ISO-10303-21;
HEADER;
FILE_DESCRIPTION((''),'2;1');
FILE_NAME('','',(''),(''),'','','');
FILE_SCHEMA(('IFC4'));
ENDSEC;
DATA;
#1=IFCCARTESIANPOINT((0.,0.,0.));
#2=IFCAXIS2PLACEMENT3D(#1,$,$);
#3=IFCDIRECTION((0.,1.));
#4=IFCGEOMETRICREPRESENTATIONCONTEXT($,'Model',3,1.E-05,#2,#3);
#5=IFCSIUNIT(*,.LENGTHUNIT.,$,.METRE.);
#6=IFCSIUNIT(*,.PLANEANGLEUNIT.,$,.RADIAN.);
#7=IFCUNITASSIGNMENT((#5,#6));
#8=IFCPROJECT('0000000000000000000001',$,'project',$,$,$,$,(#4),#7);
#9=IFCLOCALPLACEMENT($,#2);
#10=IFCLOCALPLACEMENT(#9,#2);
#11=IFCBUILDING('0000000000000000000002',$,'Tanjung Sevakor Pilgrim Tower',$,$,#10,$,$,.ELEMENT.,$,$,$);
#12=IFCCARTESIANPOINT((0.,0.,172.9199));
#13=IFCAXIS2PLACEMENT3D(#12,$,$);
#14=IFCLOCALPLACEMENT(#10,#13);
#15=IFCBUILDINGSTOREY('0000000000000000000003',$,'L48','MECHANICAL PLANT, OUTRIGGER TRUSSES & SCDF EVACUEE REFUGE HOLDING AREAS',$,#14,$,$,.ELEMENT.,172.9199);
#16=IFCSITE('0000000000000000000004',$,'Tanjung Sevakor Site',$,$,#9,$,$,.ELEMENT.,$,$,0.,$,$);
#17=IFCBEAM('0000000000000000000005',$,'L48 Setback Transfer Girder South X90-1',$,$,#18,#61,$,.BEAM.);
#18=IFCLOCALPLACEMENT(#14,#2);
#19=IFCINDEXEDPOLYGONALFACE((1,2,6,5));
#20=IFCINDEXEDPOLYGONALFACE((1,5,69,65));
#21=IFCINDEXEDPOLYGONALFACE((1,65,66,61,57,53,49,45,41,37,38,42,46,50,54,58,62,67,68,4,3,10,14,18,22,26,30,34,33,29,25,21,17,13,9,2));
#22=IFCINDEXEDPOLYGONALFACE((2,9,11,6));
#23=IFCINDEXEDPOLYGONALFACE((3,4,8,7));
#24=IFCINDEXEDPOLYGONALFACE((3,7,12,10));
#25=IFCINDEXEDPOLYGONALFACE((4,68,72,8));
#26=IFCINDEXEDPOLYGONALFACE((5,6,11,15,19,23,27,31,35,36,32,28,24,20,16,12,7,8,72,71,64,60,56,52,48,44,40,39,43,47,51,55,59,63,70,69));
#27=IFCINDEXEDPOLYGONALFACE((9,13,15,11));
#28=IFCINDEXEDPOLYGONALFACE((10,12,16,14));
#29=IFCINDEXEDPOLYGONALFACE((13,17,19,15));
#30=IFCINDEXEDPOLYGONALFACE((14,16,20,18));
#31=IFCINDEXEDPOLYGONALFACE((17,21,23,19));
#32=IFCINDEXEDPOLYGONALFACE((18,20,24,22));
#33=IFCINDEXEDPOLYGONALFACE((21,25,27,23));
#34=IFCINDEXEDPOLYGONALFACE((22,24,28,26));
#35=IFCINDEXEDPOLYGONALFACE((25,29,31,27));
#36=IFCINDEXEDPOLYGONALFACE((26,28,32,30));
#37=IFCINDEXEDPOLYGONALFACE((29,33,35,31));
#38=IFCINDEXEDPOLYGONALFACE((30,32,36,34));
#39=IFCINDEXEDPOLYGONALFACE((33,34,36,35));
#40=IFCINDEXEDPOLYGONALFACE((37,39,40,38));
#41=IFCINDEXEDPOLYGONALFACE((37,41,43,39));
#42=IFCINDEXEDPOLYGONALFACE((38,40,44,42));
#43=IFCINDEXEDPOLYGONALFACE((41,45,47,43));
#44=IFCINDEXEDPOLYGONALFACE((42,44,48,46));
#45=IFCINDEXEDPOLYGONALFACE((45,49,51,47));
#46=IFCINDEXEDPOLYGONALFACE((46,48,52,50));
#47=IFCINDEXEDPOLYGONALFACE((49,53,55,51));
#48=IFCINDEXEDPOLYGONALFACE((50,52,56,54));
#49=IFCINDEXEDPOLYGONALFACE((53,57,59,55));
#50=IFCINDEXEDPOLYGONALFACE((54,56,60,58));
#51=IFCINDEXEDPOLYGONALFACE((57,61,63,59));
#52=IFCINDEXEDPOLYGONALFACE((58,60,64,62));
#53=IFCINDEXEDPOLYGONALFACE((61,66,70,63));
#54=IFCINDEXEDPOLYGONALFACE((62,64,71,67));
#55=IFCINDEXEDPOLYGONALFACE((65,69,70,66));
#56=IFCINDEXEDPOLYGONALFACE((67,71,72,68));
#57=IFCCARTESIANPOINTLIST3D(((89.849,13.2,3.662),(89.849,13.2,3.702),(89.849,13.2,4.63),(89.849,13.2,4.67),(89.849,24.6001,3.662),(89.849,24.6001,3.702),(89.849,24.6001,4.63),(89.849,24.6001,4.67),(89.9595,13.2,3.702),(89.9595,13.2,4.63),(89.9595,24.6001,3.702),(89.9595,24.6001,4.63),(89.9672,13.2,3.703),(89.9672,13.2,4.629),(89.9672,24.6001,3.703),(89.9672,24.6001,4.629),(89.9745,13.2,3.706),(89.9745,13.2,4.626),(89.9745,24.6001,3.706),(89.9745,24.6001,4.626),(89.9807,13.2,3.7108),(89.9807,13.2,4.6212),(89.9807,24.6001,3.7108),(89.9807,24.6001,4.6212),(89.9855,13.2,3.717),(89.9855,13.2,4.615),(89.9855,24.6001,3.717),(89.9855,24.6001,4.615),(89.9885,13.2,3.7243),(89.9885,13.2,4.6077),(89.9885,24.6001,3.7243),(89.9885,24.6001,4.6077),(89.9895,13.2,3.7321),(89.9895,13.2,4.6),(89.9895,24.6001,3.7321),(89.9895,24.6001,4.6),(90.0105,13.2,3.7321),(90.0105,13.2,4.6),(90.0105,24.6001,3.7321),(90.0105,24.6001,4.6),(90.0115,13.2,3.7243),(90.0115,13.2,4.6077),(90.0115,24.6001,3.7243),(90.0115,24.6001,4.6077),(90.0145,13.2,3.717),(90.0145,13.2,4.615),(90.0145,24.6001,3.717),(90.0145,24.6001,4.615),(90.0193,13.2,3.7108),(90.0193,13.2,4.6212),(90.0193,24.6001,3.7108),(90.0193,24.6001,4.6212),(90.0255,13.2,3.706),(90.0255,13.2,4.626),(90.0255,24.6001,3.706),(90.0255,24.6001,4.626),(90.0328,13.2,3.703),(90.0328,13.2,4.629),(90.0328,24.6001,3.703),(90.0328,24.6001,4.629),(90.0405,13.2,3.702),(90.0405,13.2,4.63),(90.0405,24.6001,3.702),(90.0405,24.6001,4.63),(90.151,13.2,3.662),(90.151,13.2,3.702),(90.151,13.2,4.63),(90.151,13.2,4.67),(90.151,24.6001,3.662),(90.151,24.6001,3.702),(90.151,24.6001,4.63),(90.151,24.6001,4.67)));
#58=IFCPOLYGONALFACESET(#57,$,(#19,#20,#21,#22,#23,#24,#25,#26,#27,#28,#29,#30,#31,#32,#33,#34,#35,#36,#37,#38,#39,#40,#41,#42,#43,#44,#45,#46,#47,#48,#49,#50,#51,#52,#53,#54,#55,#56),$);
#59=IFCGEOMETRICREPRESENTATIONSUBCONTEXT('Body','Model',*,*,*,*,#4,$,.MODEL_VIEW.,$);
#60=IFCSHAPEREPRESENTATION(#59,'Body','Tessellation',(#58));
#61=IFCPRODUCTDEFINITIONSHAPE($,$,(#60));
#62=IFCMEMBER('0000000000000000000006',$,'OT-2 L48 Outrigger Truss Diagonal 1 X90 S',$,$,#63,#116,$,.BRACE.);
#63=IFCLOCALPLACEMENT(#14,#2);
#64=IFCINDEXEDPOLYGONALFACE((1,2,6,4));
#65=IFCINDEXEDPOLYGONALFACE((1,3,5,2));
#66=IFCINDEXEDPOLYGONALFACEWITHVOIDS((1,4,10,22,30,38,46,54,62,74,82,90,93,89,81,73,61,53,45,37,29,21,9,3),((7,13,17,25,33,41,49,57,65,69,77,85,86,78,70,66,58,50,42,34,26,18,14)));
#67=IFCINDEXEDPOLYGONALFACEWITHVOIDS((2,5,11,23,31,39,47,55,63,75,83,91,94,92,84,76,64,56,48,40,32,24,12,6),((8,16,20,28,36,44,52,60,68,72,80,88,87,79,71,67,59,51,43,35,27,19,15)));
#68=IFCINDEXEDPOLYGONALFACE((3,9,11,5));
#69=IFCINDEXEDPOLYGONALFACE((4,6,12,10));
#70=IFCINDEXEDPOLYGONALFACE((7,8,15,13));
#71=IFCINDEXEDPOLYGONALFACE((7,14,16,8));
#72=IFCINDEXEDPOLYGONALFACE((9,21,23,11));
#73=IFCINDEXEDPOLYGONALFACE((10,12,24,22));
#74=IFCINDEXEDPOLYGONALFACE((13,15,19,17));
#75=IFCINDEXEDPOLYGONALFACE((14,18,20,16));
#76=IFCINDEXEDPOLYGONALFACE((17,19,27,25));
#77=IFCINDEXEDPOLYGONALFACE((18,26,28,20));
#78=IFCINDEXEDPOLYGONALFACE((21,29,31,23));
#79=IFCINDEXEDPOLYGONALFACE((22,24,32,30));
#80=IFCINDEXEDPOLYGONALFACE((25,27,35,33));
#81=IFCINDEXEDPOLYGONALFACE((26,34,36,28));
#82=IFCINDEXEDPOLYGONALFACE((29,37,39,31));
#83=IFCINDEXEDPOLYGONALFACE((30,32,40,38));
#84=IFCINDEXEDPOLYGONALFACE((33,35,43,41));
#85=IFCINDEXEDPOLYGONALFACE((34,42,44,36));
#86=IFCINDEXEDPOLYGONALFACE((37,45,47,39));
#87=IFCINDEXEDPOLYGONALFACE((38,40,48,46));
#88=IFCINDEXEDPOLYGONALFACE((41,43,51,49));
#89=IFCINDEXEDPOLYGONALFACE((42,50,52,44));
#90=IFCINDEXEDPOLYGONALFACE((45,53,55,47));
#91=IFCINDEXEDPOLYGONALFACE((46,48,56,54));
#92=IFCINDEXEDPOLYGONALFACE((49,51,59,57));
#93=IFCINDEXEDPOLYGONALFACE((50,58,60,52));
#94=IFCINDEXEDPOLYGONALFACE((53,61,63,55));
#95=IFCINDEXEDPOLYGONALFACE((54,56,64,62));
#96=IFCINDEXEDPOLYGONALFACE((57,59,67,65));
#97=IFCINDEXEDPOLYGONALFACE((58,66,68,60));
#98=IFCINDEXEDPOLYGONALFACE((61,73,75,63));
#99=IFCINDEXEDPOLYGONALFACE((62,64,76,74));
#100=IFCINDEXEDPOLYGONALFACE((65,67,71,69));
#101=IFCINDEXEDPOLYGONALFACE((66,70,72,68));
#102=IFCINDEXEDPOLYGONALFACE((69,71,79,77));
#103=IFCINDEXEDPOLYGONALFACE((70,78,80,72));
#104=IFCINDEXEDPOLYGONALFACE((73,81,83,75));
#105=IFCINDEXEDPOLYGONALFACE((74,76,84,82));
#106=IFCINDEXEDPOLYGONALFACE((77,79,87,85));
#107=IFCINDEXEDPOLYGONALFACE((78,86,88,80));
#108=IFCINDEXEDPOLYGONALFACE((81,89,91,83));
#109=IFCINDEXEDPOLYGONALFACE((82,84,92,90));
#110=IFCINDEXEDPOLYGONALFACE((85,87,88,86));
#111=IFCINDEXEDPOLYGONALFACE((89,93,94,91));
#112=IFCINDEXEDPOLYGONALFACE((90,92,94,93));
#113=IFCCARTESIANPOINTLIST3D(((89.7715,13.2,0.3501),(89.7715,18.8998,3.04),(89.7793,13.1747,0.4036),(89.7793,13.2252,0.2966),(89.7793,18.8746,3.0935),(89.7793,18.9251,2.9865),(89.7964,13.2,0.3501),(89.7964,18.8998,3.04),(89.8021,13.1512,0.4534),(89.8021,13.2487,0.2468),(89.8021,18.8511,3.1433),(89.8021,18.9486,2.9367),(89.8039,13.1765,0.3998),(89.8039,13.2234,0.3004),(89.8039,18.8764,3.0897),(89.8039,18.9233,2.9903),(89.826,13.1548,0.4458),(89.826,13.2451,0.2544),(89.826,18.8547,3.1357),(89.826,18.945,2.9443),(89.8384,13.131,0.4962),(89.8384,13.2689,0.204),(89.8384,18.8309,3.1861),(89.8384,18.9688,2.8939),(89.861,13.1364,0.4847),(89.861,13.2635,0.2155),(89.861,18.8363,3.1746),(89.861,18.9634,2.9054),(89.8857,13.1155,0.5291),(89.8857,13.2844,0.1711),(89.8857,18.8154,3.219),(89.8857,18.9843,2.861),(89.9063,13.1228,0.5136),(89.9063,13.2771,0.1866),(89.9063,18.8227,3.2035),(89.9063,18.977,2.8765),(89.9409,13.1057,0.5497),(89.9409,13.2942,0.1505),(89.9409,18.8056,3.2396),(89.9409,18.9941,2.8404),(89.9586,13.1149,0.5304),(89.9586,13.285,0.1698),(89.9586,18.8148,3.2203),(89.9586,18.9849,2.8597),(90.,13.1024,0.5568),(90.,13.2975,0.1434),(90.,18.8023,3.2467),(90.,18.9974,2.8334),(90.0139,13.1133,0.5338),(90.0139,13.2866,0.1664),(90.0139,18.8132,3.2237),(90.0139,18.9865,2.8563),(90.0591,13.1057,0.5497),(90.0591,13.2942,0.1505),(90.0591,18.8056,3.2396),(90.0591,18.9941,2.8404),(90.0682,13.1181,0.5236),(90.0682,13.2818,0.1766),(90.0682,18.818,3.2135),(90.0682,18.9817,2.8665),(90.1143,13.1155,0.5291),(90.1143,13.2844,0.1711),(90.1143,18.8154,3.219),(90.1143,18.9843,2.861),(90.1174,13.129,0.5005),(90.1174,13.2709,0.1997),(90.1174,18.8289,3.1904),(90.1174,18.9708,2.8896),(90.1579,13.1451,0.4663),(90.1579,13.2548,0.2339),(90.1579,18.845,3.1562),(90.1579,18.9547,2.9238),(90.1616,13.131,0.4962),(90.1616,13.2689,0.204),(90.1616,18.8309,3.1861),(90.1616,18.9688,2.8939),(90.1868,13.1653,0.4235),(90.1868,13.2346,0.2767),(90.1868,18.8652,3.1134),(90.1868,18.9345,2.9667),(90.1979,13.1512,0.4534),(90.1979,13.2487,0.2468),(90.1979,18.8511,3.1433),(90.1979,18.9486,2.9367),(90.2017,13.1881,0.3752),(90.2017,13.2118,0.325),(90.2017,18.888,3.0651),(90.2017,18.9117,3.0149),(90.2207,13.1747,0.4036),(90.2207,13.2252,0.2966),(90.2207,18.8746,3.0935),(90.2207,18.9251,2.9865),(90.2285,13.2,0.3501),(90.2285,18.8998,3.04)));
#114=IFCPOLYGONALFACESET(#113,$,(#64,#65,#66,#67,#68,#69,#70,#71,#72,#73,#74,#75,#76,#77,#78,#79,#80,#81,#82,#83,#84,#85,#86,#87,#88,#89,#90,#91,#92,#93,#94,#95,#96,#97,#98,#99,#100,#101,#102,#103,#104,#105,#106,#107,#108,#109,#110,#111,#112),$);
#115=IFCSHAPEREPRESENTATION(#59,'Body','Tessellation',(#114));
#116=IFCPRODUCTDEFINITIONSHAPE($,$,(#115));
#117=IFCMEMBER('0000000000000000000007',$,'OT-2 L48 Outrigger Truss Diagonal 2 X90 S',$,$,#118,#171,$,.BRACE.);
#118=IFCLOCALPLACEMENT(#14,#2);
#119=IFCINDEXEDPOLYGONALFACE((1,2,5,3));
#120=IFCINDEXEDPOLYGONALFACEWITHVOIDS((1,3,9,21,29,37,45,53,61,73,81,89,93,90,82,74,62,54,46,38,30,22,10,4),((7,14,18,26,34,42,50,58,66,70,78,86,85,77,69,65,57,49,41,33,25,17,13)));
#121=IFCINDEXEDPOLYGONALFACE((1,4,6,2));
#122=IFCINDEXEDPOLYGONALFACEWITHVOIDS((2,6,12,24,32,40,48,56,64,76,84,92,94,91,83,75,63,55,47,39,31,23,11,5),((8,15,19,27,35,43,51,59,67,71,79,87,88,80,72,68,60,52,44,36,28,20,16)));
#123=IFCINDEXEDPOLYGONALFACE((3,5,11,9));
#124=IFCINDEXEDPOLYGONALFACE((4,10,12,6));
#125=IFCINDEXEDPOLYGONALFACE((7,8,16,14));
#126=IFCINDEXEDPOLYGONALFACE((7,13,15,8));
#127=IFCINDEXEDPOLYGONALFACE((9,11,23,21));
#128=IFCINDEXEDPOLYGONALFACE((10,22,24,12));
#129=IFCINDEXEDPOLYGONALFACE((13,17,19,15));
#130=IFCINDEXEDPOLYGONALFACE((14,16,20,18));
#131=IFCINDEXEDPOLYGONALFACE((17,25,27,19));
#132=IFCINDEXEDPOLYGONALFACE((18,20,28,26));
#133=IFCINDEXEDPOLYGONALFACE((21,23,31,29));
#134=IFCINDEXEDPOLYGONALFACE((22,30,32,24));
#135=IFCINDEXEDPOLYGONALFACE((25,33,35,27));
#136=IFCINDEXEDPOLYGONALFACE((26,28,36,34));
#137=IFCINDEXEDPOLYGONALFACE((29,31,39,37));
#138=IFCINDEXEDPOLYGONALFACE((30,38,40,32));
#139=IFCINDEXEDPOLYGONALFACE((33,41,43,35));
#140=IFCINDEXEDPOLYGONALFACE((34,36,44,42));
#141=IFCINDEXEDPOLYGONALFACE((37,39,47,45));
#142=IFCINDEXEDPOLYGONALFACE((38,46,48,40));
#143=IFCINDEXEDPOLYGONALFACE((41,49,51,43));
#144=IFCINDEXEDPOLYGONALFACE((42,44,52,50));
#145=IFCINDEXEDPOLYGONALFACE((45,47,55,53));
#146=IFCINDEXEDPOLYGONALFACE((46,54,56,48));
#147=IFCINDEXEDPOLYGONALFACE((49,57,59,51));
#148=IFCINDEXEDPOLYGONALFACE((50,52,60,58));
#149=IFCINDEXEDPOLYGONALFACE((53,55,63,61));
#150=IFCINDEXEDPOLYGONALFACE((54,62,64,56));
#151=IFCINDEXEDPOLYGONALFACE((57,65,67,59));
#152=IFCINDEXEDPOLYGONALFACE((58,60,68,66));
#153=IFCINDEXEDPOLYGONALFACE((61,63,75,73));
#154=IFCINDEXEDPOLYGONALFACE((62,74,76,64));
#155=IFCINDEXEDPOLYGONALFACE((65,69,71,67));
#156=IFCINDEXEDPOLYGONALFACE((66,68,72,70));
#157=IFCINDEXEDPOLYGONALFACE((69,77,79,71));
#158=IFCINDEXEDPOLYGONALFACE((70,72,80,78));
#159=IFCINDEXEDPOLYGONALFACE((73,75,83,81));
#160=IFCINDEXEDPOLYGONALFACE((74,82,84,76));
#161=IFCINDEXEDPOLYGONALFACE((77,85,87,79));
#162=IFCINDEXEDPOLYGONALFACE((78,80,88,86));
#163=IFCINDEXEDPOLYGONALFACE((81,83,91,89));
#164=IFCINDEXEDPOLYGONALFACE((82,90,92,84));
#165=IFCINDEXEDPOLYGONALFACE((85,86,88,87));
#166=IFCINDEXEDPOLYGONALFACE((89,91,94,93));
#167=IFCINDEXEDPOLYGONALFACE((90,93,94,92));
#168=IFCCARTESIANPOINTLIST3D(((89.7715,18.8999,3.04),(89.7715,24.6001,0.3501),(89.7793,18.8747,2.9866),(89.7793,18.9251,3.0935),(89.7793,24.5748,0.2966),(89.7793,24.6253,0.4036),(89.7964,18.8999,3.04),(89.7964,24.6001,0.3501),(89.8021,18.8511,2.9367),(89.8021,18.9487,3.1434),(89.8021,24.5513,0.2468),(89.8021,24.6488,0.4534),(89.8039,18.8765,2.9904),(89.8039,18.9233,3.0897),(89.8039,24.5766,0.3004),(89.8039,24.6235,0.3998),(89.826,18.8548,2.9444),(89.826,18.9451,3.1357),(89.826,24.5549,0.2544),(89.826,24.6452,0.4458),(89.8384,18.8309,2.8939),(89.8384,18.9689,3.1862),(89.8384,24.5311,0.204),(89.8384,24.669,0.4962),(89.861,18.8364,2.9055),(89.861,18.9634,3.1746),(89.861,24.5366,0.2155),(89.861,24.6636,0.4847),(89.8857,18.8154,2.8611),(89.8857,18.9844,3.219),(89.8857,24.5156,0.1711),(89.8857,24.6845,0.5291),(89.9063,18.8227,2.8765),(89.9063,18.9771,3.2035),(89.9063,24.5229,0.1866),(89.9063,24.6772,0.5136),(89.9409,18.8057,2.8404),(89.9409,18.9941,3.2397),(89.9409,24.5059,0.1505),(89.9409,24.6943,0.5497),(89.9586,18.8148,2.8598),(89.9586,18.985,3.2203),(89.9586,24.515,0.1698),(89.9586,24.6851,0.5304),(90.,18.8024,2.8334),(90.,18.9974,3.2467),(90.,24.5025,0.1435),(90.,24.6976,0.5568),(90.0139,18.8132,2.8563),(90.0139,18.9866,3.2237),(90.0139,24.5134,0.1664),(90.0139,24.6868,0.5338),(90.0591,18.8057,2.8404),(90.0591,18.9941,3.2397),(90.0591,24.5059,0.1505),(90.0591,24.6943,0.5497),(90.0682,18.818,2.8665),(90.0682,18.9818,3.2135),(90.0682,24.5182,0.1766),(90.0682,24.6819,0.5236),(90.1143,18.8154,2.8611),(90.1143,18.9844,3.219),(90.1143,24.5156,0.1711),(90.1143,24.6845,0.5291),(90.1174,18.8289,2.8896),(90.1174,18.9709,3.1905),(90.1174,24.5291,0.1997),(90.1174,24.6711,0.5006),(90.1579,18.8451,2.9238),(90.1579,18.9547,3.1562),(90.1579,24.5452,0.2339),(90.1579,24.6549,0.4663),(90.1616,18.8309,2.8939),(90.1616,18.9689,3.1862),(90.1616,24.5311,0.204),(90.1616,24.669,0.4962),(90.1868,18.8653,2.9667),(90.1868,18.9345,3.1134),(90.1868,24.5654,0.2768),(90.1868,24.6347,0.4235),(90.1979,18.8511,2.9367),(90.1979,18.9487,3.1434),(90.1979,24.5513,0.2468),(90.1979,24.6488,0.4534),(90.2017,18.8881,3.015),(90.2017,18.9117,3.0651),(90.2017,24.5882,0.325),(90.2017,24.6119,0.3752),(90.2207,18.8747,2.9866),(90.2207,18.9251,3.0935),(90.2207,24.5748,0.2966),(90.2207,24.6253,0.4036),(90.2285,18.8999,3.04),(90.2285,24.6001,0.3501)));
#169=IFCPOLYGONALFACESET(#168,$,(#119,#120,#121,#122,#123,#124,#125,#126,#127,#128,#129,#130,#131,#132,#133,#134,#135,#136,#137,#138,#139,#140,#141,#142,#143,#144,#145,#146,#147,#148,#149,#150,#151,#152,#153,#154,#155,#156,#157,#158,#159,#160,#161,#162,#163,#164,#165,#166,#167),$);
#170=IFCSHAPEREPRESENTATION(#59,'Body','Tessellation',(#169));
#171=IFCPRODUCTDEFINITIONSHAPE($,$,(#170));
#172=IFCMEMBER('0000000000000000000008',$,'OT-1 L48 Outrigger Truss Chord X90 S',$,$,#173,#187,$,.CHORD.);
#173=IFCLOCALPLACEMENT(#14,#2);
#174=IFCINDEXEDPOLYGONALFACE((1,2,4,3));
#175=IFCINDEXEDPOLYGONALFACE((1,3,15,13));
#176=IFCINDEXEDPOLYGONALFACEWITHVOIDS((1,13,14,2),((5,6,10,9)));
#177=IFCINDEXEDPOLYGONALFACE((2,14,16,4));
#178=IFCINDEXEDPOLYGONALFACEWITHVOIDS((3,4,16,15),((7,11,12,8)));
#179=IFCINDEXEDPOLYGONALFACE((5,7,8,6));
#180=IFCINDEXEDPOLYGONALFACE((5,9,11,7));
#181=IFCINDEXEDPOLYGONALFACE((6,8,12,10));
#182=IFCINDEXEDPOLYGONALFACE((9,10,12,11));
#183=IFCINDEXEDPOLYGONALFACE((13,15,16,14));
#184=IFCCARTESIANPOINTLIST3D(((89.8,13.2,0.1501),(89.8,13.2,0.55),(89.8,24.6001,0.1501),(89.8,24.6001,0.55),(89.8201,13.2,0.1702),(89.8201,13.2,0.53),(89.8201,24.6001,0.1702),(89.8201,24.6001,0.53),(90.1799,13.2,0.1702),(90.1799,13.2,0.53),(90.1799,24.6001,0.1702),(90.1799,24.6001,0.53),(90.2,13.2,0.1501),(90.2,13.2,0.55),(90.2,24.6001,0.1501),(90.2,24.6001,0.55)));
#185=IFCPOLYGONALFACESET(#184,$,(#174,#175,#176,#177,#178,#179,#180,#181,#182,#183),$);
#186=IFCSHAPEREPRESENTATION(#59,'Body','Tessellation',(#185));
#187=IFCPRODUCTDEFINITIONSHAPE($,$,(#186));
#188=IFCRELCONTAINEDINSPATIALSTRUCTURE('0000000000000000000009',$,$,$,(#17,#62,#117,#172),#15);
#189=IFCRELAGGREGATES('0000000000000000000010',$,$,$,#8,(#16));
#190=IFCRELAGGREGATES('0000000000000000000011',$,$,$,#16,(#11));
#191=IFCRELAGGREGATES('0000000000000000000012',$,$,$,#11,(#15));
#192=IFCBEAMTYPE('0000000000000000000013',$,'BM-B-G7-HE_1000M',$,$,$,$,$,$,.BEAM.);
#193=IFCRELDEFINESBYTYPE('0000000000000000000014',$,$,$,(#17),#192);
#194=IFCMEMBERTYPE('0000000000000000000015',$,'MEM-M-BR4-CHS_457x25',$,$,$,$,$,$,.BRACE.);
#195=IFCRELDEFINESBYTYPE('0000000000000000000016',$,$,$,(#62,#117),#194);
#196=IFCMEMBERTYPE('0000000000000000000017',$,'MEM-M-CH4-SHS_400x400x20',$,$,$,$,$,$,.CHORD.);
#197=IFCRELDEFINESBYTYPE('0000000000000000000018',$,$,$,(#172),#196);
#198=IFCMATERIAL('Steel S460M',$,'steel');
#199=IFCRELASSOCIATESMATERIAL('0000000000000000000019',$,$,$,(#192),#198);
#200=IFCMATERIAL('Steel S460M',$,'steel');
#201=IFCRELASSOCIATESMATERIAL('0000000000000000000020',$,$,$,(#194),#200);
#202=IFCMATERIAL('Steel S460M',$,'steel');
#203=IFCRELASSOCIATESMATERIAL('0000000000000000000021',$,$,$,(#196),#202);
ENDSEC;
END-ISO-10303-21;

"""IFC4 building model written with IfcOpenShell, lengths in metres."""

from ifc_helpers import new_model, si_unit, direction, frame, origin, origin_2d, place, context, subcontext, project, spatial, hollow_rectangle, hollow_circle, i_section, extrude, material, material_profile, profile_set, type_object, element, save


model = new_model("IFC4")

# Units and contexts
model_context = context("Model", 3, precision=1e-05, world=origin(), true_north=direction((0.0, 1.0)))
body_context = subcontext(model_context, "Body", "Model", "MODEL_VIEW")
ifc_project = project(units=[si_unit("LENGTHUNIT", "METRE"), si_unit("PLANEANGLEUNIT", "RADIAN")], contexts=[model_context])

# Site, building, storey
site_placement = place(None, origin())
site = spatial("IfcSite", under=ifc_project, at=site_placement, Name="Tanjung Sevakor Site", CompositionType="ELEMENT", RefElevation=0.0)
building_placement = place(site_placement, origin())
building = spatial("IfcBuilding", under=site, at=building_placement, Name="Tanjung Sevakor Pilgrim Tower", CompositionType="ELEMENT")
storey_placement = place(building_placement, frame((0.0, 0.0, 172.9199)))
storey = spatial("IfcBuildingStorey", under=building, at=storey_placement, Name="L48", Description="MECHANICAL PLANT, OUTRIGGER TRUSSES & SCDF EVACUEE REFUGE HOLDING AREAS", CompositionType="ELEMENT", Elevation=172.9199)

# Beam
ifc_material_1 = material(Name="Steel S460M", Category="steel")
ifc_material_profile_1 = material_profile(ifc_material_1, i_section(OverallWidth=0.302, OverallDepth=1.0081, WebThickness=0.021, FlangeThickness=0.04, FilletRadius=0.03, at=origin_2d()))
ifc_profile_set_1 = profile_set([ifc_material_profile_1], Name="Steel S460M")
beam_type_1 = type_object("IfcBeamType", Name="BM-B-G7-HE_1000M", PredefinedType="BEAM", material=ifc_profile_set_1)
beam_1_placement = place(storey_placement, frame((90.0, 13.2, 4.166), z_axis=(0.0, 1.0, 0.0), x_axis=(-1.0, 0.0, 0.0)))
element("IfcBeam", 1, at=beam_1_placement, inside=storey, type_object=beam_type_1, Name="L48 Setback Transfer Girder South X90-1", PredefinedType="BEAM", context=body_context, shape_type="SweptSolid", body=[
    extrude(i_section(OverallWidth=0.302, OverallDepth=1.0081, WebThickness=0.021, FlangeThickness=0.04, FilletRadius=0.03, at=origin_2d()), origin(), (0.0, 0.0, 1.0), 11.4001),
])

# Members
ifc_material_2 = material(Name="Steel S460M", Category="steel")
ifc_material_profile_2 = material_profile(ifc_material_2, hollow_circle(Radius=0.2285, WallThickness=0.0249, at=origin_2d()))
ifc_profile_set_2 = profile_set([ifc_material_profile_2], Name="Steel S460M")
member_type_1 = type_object("IfcMemberType", Name="MEM-M-BR4-CHS_457x25", PredefinedType="BRACE", material=ifc_profile_set_2)
member_1_placement = place(storey_placement, frame((90.0, 13.2, 0.3501), z_axis=(0.0, 0.904353, 0.426785), x_axis=(-1.0, 0.0, 0.0)))
element("IfcMember", 2, at=member_1_placement, inside=storey, type_object=member_type_1, Name="OT-2 L48 Outrigger Truss Diagonal 1 X90 S", PredefinedType="BRACE", context=body_context, shape_type="SweptSolid", body=[
    extrude(hollow_circle(Radius=0.2285, WallThickness=0.0249, at=origin_2d()), origin(), (0.0, 0.0, 1.0), 6.3027),
])
member_2_placement = place(storey_placement, frame((90.0, 18.8999, 3.04), z_axis=(0.0, 0.90436, -0.426771), x_axis=(-1.0, 0.0, 0.0)))
element("IfcMember", 3, at=member_2_placement, inside=storey, type_object=member_type_1, Name="OT-2 L48 Outrigger Truss Diagonal 2 X90 S", PredefinedType="BRACE", context=body_context, shape_type="SweptSolid", body=[
    extrude(hollow_circle(Radius=0.2285, WallThickness=0.0249, at=origin_2d()), origin(), (0.0, 0.0, 1.0), 6.303),
])
ifc_material_3 = material(Name="Steel S460M", Category="steel")
ifc_material_profile_3 = material_profile(ifc_material_3, hollow_rectangle(XDim=0.3999, YDim=0.3999, WallThickness=0.02, at=origin_2d()))
ifc_profile_set_3 = profile_set([ifc_material_profile_3], Name="Steel S460M")
member_type_2 = type_object("IfcMemberType", Name="MEM-M-CH4-SHS_400x400x20", PredefinedType="CHORD", material=ifc_profile_set_3)
member_3_placement = place(storey_placement, frame((90.0, 13.2, 0.3501), z_axis=(0.0, 1.0, 0.0), x_axis=(-1.0, 0.0, 0.0)))
element("IfcMember", 4, at=member_3_placement, inside=storey, type_object=member_type_2, Name="OT-1 L48 Outrigger Truss Chord X90 S", PredefinedType="CHORD", context=body_context, shape_type="SweptSolid", body=[
    extrude(hollow_rectangle(XDim=0.3999, YDim=0.3999, WallThickness=0.02, at=origin_2d()), origin(), (0.0, 0.0, 1.0), 11.4001),
])

save(model, "model.ifc")
